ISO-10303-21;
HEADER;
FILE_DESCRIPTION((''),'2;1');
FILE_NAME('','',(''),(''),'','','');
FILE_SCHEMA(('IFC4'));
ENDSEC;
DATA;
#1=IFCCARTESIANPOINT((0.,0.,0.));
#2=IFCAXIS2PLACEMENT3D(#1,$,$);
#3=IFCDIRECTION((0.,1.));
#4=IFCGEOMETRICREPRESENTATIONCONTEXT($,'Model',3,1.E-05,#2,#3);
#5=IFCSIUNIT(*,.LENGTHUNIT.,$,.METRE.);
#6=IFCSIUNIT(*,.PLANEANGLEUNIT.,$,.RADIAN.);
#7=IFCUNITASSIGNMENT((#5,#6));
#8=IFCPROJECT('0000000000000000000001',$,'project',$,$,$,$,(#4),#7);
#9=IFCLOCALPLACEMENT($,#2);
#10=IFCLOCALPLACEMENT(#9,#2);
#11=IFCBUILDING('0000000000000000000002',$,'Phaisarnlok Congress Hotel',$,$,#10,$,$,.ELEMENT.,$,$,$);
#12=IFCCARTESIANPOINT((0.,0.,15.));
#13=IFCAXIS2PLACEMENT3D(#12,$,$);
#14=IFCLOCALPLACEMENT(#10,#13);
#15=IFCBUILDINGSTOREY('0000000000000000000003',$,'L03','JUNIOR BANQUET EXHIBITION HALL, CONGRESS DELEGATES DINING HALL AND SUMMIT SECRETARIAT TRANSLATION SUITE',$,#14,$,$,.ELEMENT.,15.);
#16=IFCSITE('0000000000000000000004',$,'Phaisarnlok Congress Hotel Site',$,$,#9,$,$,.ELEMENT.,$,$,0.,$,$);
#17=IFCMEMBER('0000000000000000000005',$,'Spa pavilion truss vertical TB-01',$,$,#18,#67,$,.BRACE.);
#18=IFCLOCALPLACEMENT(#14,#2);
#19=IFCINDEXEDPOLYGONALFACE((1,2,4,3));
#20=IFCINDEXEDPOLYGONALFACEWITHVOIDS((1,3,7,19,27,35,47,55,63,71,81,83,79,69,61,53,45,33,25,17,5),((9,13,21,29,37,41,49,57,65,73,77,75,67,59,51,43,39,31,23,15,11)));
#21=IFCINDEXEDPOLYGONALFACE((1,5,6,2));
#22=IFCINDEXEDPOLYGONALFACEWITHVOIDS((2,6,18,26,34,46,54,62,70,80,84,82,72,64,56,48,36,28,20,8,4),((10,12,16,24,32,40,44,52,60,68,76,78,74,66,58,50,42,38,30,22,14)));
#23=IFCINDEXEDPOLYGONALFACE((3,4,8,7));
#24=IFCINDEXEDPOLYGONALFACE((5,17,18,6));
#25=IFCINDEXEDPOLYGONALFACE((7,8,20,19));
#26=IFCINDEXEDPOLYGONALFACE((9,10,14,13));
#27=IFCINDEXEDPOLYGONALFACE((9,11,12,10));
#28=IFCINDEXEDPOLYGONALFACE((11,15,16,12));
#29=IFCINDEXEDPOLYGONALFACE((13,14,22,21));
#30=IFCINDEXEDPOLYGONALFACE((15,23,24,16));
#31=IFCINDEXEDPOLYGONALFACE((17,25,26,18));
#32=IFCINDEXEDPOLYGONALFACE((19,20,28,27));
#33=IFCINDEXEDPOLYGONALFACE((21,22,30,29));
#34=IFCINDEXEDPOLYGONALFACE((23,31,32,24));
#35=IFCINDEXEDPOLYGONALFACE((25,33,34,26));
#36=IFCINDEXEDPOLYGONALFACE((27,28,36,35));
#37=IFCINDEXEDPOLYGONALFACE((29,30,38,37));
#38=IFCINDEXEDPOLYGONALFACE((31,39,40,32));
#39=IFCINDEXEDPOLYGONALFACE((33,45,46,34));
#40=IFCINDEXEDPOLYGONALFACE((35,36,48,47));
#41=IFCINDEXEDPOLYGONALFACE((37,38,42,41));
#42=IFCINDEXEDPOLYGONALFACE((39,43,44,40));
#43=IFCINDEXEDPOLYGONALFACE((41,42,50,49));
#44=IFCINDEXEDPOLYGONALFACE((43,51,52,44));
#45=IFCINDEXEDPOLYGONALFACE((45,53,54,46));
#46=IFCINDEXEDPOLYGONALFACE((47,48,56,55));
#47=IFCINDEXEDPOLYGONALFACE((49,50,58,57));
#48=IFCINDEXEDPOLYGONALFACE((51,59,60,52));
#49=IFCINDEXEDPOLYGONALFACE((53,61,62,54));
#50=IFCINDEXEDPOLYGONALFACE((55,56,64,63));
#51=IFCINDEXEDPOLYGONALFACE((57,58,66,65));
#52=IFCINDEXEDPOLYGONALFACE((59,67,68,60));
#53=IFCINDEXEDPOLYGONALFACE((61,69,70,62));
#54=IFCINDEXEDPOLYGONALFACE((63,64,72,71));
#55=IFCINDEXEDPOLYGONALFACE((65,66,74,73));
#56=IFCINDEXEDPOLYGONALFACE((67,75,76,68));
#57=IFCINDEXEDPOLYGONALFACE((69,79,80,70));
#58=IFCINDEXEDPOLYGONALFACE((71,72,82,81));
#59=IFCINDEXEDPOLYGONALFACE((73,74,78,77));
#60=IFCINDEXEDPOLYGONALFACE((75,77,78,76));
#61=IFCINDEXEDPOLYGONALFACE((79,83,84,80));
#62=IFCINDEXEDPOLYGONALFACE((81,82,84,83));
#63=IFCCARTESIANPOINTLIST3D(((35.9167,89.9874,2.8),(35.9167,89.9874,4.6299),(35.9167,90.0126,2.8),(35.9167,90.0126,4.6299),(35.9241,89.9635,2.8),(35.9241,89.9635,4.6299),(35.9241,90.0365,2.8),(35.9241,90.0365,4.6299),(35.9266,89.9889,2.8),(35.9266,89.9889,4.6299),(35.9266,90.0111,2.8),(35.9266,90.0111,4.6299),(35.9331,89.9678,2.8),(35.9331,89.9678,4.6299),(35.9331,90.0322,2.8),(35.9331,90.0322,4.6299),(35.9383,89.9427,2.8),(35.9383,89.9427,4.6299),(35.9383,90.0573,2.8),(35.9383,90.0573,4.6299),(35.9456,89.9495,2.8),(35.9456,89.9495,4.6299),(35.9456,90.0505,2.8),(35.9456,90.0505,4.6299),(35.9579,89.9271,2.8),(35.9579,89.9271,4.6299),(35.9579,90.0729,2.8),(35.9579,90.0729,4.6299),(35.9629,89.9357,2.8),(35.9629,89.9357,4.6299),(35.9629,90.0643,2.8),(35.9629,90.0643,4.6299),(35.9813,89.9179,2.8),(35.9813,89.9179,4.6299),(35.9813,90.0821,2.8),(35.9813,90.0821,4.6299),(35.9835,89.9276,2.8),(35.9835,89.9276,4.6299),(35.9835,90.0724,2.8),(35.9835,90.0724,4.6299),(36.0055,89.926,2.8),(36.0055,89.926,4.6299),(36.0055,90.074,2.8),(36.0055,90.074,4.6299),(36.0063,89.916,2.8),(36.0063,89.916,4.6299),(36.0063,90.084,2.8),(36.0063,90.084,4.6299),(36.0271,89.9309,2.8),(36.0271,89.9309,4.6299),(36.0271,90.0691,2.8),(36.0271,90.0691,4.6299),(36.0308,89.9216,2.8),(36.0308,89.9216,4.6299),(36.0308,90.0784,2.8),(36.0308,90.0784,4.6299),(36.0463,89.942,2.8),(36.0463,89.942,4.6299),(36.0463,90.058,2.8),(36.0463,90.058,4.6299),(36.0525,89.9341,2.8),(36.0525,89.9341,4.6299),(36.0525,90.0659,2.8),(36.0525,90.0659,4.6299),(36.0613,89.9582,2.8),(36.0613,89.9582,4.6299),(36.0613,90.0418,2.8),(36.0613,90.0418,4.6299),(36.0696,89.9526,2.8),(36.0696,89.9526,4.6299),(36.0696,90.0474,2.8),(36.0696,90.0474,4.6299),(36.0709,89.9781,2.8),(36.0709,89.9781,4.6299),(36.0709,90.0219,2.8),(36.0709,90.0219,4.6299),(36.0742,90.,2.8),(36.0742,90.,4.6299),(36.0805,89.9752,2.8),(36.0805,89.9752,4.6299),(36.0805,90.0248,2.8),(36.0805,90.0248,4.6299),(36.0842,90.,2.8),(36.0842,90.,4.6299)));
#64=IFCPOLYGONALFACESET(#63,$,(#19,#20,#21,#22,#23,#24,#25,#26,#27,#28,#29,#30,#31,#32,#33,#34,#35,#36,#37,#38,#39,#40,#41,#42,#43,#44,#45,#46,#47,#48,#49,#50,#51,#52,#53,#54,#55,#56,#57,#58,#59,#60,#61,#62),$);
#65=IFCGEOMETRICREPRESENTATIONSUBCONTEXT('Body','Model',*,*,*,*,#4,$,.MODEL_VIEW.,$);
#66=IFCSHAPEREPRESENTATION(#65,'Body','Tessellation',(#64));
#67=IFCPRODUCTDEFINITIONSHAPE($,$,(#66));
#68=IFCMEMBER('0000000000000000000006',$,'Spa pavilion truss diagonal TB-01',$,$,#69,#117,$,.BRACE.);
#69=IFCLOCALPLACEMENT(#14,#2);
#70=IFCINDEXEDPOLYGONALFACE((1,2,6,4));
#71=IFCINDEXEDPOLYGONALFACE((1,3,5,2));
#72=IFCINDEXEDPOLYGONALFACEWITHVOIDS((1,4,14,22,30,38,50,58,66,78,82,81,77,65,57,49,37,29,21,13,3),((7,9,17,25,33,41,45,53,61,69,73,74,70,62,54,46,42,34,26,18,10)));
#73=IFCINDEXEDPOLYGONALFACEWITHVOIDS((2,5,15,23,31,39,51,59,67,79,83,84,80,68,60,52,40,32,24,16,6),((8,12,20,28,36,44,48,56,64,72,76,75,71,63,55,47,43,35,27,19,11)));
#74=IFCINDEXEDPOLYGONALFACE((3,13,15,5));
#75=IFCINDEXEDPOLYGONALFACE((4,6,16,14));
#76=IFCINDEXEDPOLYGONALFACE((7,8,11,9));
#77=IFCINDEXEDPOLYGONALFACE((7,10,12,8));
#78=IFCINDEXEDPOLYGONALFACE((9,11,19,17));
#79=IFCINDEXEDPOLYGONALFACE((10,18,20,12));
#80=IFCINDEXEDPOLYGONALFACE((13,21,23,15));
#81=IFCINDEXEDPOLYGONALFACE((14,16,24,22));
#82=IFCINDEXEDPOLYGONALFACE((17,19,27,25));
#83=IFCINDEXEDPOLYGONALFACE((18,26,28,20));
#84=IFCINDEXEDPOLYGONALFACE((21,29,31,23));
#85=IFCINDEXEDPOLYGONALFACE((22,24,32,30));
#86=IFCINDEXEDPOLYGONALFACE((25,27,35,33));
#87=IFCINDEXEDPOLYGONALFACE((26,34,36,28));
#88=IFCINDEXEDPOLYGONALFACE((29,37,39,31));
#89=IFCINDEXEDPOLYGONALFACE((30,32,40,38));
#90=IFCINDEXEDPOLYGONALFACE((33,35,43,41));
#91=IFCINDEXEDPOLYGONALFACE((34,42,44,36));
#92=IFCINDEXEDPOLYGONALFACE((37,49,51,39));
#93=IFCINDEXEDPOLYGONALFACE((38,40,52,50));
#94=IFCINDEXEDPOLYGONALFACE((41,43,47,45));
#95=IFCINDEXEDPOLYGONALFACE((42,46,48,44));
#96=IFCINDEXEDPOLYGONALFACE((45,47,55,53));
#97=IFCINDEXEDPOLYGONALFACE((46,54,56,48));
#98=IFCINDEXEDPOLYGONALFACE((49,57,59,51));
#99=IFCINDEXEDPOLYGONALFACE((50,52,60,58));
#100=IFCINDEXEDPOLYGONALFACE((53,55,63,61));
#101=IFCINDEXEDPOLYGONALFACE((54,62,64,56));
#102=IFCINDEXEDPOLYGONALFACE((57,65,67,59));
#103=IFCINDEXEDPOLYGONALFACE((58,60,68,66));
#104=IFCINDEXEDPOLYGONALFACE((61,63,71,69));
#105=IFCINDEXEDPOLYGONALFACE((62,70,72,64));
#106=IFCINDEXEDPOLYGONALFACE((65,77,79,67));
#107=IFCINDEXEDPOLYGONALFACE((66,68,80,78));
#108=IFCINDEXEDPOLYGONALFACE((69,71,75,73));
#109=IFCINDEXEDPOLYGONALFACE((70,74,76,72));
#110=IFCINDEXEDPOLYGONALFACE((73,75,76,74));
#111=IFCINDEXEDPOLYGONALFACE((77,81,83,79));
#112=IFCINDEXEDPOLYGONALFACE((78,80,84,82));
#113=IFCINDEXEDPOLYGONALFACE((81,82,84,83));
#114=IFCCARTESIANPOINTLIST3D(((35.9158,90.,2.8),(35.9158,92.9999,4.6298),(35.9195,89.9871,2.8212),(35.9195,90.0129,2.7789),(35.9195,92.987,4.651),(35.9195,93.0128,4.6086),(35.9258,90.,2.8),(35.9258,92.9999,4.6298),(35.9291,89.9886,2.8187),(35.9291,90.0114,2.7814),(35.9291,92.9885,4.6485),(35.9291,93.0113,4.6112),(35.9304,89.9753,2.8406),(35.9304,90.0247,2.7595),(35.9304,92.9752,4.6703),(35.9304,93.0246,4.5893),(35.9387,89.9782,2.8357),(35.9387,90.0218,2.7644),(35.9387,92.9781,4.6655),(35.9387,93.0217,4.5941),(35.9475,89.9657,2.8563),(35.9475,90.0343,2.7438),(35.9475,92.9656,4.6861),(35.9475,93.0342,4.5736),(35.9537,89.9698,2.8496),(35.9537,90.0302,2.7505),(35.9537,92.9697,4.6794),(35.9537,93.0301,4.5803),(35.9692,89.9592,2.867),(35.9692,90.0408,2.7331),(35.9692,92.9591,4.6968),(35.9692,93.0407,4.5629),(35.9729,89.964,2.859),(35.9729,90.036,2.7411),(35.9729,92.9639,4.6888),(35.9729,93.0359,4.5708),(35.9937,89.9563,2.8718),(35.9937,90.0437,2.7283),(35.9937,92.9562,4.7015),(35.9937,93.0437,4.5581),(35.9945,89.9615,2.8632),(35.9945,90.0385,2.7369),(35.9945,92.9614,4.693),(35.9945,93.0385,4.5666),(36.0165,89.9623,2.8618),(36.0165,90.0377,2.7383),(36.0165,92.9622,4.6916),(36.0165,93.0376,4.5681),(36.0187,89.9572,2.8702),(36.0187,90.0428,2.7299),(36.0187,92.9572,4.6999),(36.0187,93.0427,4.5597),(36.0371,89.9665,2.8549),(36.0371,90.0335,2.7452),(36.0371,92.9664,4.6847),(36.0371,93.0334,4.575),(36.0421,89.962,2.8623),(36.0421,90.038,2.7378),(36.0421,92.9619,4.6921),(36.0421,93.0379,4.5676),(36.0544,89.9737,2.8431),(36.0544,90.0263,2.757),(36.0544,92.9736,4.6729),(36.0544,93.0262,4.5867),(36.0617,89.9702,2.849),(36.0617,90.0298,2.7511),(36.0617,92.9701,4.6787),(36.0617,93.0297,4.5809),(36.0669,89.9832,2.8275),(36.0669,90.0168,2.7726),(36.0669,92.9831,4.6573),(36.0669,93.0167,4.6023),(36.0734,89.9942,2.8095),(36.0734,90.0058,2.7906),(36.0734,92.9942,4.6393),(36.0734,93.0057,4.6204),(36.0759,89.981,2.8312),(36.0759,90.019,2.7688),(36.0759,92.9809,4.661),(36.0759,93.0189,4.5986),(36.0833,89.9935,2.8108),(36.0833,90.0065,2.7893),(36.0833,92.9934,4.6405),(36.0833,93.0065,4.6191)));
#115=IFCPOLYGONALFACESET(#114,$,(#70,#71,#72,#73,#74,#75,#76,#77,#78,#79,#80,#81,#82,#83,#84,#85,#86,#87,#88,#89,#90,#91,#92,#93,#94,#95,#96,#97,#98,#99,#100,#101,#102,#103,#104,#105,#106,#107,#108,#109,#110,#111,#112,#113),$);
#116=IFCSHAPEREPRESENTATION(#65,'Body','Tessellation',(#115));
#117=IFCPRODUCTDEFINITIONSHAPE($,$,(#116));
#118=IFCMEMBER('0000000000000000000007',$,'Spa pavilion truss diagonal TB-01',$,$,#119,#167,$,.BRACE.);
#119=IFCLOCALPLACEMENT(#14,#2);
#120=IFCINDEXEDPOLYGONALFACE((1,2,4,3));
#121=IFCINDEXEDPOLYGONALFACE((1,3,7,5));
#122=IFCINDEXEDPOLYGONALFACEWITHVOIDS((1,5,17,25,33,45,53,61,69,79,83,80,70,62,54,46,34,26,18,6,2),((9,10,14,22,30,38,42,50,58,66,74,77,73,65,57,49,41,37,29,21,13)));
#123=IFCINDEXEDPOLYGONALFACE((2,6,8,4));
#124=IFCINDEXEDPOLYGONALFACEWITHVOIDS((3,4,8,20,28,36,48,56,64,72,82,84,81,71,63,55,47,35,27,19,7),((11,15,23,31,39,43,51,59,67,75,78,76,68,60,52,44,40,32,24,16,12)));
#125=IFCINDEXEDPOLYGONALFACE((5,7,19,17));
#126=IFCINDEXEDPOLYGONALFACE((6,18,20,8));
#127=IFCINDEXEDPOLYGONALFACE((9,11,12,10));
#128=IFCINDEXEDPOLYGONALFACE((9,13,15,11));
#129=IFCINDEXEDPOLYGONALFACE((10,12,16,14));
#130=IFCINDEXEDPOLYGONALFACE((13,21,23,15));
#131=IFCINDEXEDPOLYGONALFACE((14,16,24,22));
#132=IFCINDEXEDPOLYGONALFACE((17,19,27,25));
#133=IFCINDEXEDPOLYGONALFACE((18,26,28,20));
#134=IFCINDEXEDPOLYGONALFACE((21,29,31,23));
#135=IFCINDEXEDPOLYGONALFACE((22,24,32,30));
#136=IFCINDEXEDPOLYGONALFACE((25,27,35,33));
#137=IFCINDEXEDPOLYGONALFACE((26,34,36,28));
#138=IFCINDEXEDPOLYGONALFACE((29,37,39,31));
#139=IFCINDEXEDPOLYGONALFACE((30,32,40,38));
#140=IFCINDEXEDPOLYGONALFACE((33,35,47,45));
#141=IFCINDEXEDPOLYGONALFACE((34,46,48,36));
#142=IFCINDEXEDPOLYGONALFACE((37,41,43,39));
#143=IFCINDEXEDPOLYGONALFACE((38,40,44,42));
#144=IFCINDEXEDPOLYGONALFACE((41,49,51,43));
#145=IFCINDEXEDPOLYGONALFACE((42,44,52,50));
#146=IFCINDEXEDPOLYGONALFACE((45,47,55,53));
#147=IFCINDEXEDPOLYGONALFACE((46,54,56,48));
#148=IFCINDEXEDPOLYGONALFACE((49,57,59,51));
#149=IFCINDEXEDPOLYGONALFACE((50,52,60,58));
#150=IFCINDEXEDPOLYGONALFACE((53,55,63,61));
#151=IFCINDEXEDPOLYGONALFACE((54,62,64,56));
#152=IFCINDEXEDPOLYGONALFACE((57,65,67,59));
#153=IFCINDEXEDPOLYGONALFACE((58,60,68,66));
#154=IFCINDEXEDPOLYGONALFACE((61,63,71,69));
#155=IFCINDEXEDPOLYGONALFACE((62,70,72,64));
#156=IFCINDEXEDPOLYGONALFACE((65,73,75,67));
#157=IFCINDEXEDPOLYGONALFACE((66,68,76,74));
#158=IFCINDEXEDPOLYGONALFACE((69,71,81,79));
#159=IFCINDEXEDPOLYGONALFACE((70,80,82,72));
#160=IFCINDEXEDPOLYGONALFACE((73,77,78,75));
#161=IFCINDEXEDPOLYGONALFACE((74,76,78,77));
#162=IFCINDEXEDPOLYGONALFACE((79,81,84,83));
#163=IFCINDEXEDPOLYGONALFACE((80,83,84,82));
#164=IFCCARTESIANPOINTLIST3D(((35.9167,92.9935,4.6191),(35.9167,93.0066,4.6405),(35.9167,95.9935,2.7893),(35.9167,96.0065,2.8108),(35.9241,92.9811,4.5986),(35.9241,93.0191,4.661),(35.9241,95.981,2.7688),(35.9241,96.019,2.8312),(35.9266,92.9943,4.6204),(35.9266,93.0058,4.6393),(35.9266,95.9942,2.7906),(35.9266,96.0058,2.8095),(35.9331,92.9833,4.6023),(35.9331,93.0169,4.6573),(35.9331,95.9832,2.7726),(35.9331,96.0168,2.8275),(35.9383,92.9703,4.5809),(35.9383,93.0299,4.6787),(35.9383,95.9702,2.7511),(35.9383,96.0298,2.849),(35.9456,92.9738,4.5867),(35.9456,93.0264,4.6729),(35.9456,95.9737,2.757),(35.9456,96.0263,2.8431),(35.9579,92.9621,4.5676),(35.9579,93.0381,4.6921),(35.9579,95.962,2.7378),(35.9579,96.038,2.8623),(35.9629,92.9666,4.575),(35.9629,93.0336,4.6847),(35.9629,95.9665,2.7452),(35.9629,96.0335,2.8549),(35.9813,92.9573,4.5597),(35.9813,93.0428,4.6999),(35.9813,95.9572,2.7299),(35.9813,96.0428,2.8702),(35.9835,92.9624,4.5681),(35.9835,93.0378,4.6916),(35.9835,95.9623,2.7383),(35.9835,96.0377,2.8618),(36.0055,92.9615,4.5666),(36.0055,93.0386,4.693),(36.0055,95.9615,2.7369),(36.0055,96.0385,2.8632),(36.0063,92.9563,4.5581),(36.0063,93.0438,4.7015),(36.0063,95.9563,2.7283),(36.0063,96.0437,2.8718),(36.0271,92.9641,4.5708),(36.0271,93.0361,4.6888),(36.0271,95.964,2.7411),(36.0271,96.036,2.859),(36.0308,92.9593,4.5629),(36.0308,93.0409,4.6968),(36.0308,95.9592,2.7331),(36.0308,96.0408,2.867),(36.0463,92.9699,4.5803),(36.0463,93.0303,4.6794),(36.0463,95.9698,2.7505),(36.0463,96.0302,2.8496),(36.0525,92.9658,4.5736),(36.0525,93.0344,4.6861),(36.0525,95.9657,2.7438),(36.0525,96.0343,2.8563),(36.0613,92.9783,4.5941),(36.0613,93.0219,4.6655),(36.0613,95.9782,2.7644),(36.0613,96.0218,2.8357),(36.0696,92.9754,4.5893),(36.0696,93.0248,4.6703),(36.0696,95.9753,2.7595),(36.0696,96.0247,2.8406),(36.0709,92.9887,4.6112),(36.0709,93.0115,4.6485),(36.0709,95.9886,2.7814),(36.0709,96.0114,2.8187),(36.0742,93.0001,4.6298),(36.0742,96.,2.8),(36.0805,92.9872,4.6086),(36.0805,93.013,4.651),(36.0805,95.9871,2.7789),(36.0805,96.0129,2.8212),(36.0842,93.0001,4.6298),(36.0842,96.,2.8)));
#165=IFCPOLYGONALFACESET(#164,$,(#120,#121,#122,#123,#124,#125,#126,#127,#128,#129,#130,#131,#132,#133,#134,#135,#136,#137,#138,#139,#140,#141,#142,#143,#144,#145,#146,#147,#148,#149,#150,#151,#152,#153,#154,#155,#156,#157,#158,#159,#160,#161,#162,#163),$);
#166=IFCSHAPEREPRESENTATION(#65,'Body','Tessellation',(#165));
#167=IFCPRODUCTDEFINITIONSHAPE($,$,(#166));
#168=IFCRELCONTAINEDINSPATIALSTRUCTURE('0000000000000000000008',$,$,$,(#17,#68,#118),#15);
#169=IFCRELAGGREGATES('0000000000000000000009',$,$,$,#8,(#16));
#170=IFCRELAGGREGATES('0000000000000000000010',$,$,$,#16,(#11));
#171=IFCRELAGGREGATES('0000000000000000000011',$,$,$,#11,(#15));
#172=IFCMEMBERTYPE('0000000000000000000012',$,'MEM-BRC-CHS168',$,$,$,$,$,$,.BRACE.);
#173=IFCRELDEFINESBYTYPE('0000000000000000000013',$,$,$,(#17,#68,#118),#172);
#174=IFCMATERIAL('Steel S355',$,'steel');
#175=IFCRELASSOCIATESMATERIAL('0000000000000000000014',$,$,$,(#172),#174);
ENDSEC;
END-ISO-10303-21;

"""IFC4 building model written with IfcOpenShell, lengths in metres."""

from ifc_helpers import new_model, si_unit, direction, frame, origin, origin_2d, place, context, subcontext, project, spatial, hollow_circle, extrude, material, material_profile, profile_set, type_object, element, save


model = new_model("IFC4")

# Units and contexts
model_context = context("Model", 3, precision=1e-05, world=origin(), true_north=direction((0.0, 1.0)))
body_context = subcontext(model_context, "Body", "Model", "MODEL_VIEW")
ifc_project = project(units=[si_unit("LENGTHUNIT", "METRE"), si_unit("PLANEANGLEUNIT", "RADIAN")], contexts=[model_context])

# Site, building, storey
site_placement = place(None, origin())
site = spatial("IfcSite", under=ifc_project, at=site_placement, Name="Phaisarnlok Congress Hotel Site", CompositionType="ELEMENT", RefElevation=0.0)
building_placement = place(site_placement, origin())
building = spatial("IfcBuilding", under=site, at=building_placement, Name="Phaisarnlok Congress Hotel", CompositionType="ELEMENT")
storey_placement = place(building_placement, frame((0.0, 0.0, 15.0)))
storey = spatial("IfcBuildingStorey", under=building, at=storey_placement, Name="L03", Description="JUNIOR BANQUET EXHIBITION HALL, CONGRESS DELEGATES DINING HALL AND SUMMIT SECRETARIAT TRANSLATION SUITE", CompositionType="ELEMENT", Elevation=15.0)

# Members
ifc_material = material(Name="Steel S355", Category="steel")
ifc_material_profile_1 = material_profile(ifc_material, hollow_circle(Radius=0.0842, WallThickness=0.01, at=origin_2d()), Name="CHS 168.3x10")
ifc_profile_set_1 = profile_set([ifc_material_profile_1], Name="Steel S355")
member_type_1 = type_object("IfcMemberType", Name="MEM-BRC-CHS168", PredefinedType="BRACE", material=ifc_profile_set_1)
member_1_placement = place(storey_placement, frame((36.0, 90.0, 2.8), z_axis=(0.0, 0.0, 1.0), x_axis=(1.0, 0.0, 0.0)))
element("IfcMember", 1, at=member_1_placement, inside=storey, type_object=member_type_1, Name="Spa pavilion truss vertical TB-01", PredefinedType="BRACE", context=body_context, shape_type="SweptSolid", body=[
    extrude(hollow_circle(Radius=0.0842, WallThickness=0.01, at=origin_2d()), origin(), (0.0, 0.0, 1.0), 1.8298),
])
for number, where, z_axis, x_axis, name in (
    (2, (36.0, 90.0, 2.8), (0.0, 0.853725, 0.520725), (-1.0, 0.0, 0.0), "Spa pavilion truss diagonal TB-01"),
    (3, (36.0, 96.0, 2.8), (0.0, -0.853725, 0.520725), (1.0, 0.0, 0.0), "Spa pavilion truss diagonal TB-01"),
):
    element("IfcMember", number, at=place(storey_placement, frame(where, z_axis=z_axis, x_axis=x_axis)), inside=storey, type_object=member_type_1, Name=name, PredefinedType="BRACE", context=body_context, shape_type="SweptSolid", body=[
        extrude(hollow_circle(Radius=0.0842, WallThickness=0.01, at=origin_2d()), origin(), (0.0, 0.0, 1.0), 3.5139),
    ])

save(model, "model.ifc")
